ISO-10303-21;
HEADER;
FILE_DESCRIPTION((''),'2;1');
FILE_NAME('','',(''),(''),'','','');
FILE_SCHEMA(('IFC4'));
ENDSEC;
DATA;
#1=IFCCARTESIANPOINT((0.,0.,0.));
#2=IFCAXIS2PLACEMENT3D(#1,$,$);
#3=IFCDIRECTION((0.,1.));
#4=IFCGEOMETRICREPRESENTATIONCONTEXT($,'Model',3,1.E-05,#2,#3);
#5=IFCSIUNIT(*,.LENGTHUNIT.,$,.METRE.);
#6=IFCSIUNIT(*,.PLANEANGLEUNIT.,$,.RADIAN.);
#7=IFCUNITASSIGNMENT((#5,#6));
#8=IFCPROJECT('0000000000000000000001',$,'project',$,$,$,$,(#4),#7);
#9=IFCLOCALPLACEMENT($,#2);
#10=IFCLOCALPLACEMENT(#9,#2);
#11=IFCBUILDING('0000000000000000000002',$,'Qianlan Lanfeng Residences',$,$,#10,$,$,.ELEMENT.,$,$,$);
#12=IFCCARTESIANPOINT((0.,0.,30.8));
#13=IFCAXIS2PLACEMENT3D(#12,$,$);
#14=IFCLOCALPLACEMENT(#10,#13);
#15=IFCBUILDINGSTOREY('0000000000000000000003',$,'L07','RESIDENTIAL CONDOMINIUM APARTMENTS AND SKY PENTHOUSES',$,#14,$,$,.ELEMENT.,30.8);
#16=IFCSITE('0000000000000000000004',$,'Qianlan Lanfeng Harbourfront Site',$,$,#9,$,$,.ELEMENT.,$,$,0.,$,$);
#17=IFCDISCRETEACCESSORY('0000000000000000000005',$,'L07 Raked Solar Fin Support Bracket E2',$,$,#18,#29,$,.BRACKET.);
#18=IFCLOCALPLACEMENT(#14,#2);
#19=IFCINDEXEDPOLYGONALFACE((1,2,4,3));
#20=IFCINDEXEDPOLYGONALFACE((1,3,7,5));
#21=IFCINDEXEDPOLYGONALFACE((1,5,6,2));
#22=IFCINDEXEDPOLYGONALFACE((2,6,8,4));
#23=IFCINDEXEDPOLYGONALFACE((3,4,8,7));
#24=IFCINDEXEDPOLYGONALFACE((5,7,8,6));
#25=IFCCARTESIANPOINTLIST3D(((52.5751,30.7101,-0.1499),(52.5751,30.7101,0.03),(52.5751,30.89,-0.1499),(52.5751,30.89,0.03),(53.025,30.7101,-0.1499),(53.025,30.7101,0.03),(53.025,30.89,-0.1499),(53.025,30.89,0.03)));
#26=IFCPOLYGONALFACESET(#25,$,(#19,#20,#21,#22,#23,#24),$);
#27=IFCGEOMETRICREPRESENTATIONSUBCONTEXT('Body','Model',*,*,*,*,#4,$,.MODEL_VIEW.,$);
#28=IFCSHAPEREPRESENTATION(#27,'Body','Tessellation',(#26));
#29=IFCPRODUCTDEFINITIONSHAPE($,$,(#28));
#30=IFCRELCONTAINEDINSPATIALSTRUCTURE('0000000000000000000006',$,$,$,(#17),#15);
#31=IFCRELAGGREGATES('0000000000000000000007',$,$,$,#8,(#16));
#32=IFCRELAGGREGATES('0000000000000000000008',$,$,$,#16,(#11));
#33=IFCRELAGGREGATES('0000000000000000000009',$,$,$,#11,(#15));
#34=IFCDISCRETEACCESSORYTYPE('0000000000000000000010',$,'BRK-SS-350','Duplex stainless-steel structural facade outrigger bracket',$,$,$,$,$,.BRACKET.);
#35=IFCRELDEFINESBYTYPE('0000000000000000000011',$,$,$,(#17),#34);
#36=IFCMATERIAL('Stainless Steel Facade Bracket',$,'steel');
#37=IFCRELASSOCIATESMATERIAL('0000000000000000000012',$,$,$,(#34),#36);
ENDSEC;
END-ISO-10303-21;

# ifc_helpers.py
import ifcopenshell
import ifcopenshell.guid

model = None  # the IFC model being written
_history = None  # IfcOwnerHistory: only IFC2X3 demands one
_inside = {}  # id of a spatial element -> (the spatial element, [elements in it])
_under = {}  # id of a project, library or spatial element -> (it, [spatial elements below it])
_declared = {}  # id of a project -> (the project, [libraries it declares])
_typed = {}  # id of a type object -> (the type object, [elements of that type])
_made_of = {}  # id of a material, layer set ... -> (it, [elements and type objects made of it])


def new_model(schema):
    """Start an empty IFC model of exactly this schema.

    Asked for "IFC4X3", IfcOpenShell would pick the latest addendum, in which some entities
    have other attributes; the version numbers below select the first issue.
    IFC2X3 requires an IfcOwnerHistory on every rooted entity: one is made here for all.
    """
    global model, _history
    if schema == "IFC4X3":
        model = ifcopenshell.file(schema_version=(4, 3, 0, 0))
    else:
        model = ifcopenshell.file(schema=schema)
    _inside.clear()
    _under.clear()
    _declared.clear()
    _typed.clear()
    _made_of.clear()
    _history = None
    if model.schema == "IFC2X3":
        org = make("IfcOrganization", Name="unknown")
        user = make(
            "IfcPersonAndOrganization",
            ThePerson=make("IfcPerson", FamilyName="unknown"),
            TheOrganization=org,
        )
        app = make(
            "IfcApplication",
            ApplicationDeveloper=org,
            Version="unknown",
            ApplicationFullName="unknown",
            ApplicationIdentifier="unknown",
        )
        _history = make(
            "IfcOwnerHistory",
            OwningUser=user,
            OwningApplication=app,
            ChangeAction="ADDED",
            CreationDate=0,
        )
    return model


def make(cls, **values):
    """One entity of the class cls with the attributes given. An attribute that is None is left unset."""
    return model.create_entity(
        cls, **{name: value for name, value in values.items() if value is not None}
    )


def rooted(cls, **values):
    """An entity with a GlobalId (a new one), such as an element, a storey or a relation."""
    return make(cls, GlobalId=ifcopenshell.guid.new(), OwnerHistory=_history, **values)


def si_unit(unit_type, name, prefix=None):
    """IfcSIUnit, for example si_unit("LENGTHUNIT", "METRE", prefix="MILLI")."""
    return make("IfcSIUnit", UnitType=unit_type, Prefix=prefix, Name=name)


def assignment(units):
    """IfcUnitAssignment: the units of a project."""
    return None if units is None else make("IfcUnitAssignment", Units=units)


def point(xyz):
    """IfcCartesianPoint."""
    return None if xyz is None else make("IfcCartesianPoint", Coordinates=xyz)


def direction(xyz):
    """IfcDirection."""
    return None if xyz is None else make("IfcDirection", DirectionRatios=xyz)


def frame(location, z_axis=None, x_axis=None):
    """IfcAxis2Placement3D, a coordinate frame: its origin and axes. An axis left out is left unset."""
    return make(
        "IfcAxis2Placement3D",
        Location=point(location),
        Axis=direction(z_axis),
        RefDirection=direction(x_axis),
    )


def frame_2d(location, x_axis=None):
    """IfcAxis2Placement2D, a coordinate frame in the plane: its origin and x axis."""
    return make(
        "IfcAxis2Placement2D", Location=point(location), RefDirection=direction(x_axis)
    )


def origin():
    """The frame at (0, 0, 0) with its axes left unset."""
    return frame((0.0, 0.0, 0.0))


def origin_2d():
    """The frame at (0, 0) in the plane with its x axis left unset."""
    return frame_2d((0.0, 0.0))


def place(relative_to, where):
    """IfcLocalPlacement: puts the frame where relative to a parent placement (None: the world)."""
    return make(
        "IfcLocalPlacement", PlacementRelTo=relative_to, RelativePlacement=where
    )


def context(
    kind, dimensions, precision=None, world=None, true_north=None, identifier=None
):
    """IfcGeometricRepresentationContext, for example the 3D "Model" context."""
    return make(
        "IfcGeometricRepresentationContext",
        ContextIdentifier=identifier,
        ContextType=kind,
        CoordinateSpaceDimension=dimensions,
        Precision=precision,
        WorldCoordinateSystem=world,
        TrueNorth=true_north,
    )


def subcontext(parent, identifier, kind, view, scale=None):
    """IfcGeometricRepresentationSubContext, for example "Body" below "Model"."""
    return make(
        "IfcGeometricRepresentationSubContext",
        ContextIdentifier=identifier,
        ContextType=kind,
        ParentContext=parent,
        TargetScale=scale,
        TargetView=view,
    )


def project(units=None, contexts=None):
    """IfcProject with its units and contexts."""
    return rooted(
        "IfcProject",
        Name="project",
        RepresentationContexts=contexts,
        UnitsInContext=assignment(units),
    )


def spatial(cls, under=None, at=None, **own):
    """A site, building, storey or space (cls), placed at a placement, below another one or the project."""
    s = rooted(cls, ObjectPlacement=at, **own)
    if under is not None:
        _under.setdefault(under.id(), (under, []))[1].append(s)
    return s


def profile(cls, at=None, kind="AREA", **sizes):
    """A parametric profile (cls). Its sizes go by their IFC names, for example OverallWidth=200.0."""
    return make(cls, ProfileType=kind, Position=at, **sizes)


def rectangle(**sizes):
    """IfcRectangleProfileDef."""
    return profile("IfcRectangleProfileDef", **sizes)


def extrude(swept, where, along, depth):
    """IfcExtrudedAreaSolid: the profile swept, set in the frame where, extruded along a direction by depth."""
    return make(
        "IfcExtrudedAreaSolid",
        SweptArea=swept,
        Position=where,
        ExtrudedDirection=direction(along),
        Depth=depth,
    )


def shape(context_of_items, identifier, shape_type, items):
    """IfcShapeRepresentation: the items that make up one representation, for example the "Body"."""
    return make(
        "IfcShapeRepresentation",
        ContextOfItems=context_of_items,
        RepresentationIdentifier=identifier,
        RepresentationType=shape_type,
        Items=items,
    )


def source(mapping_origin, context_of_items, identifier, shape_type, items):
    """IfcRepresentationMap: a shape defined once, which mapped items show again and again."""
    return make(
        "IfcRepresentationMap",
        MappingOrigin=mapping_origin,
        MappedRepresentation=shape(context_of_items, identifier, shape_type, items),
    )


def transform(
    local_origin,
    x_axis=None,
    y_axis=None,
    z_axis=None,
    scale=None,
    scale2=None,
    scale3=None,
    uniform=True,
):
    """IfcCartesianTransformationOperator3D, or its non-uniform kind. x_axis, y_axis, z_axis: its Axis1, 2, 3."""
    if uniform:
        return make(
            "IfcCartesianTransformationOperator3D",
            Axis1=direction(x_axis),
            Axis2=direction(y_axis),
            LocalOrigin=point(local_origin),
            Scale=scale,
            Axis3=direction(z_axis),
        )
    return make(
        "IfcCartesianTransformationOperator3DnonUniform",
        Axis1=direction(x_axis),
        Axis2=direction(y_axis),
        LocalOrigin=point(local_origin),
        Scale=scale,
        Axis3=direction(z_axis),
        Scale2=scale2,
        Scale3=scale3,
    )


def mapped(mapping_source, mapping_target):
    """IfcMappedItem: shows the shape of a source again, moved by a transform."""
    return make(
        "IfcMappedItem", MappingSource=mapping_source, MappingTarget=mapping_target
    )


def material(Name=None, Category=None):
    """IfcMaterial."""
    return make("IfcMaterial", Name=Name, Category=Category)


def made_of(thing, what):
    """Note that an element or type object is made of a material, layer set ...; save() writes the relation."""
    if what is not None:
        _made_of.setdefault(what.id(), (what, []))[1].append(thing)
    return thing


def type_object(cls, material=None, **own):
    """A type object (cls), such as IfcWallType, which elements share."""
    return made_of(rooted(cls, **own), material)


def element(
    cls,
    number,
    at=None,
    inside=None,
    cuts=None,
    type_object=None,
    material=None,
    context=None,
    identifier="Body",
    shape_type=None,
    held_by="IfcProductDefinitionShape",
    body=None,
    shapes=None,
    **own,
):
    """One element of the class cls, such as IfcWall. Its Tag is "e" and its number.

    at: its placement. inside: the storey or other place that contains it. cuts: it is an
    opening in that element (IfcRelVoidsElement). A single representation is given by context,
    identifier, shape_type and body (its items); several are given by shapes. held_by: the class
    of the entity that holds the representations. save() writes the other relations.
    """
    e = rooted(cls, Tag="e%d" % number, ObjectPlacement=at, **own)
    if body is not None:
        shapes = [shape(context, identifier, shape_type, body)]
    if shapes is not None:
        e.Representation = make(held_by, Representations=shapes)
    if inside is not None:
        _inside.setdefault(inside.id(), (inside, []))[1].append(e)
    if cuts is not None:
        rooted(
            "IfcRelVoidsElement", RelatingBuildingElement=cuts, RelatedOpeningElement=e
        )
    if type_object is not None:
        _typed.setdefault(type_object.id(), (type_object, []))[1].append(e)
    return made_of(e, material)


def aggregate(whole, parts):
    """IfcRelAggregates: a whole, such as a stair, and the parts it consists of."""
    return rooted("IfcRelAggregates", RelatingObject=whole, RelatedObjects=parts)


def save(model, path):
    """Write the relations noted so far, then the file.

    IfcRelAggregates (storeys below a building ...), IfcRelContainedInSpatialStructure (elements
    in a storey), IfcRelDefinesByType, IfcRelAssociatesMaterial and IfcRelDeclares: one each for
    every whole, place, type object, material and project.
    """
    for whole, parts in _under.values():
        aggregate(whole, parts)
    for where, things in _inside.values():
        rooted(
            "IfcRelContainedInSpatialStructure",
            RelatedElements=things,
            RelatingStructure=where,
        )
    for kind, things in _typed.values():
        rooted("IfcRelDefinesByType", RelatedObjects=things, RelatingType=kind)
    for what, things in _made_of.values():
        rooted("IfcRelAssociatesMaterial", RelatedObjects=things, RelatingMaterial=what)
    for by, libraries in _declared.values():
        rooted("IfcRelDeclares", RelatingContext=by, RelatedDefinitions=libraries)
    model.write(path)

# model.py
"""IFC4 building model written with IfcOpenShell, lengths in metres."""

from ifc_helpers import new_model, si_unit, direction, frame, origin, origin_2d, place, context, subcontext, project, spatial, rectangle, extrude, source, transform, mapped, material, type_object, element, save


model = new_model("IFC4")

# Units and contexts
model_context = context("Model", 3, precision=1e-05, world=origin(), true_north=direction((0.0, 1.0)))
body_context = subcontext(model_context, "Body", "Model", "MODEL_VIEW")
ifc_project = project(units=[si_unit("LENGTHUNIT", "METRE"), si_unit("PLANEANGLEUNIT", "RADIAN")], contexts=[model_context])

# Site, building, storey
site_placement = place(None, origin())
site = spatial("IfcSite", under=ifc_project, at=site_placement, Name="Qianlan Lanfeng Harbourfront Site", CompositionType="ELEMENT", RefElevation=0.0)
building_placement = place(site_placement, origin())
building = spatial("IfcBuilding", under=site, at=building_placement, Name="Qianlan Lanfeng Residences", CompositionType="ELEMENT")
storey_placement = place(building_placement, frame((0.0, 0.0, 30.8)))
storey = spatial("IfcBuildingStorey", under=building, at=storey_placement, Name="L07", Description="RESIDENTIAL CONDOMINIUM APARTMENTS AND SKY PENTHOUSES", CompositionType="ELEMENT", Elevation=30.8)

# Discrete accessory
ifc_material_1 = material(Name="Stainless Steel Facade Bracket", Category="steel")
discrete_accessory_type = type_object("IfcDiscreteAccessoryType", Name="BRK-SS-350", Description="Duplex stainless-steel structural facade outrigger bracket", PredefinedType="BRACKET", material=ifc_material_1)
shared_shape_1 = source(origin(), body_context, "Body", "SweptSolid", [
    extrude(rectangle(XDim=0.45, YDim=0.1799, at=origin_2d()), origin(), (0.0, 0.0, 1.0), 0.1799),
])
discrete_accessory_placement = place(storey_placement, frame((52.8, 30.8, -0.1499), z_axis=(0.0, 0.0, 1.0), x_axis=(1.0, 0.0, 0.0)))
element("IfcDiscreteAccessory", 1, at=discrete_accessory_placement, inside=storey, type_object=discrete_accessory_type, Name="L07 Raked Solar Fin Support Bracket E2", PredefinedType="BRACKET", context=body_context, shape_type="MappedRepresentation", body=[
    mapped(shared_shape_1, transform((0.0, 0.0, 0.0), scale=1.0)),
])

save(model, "model.ifc")
